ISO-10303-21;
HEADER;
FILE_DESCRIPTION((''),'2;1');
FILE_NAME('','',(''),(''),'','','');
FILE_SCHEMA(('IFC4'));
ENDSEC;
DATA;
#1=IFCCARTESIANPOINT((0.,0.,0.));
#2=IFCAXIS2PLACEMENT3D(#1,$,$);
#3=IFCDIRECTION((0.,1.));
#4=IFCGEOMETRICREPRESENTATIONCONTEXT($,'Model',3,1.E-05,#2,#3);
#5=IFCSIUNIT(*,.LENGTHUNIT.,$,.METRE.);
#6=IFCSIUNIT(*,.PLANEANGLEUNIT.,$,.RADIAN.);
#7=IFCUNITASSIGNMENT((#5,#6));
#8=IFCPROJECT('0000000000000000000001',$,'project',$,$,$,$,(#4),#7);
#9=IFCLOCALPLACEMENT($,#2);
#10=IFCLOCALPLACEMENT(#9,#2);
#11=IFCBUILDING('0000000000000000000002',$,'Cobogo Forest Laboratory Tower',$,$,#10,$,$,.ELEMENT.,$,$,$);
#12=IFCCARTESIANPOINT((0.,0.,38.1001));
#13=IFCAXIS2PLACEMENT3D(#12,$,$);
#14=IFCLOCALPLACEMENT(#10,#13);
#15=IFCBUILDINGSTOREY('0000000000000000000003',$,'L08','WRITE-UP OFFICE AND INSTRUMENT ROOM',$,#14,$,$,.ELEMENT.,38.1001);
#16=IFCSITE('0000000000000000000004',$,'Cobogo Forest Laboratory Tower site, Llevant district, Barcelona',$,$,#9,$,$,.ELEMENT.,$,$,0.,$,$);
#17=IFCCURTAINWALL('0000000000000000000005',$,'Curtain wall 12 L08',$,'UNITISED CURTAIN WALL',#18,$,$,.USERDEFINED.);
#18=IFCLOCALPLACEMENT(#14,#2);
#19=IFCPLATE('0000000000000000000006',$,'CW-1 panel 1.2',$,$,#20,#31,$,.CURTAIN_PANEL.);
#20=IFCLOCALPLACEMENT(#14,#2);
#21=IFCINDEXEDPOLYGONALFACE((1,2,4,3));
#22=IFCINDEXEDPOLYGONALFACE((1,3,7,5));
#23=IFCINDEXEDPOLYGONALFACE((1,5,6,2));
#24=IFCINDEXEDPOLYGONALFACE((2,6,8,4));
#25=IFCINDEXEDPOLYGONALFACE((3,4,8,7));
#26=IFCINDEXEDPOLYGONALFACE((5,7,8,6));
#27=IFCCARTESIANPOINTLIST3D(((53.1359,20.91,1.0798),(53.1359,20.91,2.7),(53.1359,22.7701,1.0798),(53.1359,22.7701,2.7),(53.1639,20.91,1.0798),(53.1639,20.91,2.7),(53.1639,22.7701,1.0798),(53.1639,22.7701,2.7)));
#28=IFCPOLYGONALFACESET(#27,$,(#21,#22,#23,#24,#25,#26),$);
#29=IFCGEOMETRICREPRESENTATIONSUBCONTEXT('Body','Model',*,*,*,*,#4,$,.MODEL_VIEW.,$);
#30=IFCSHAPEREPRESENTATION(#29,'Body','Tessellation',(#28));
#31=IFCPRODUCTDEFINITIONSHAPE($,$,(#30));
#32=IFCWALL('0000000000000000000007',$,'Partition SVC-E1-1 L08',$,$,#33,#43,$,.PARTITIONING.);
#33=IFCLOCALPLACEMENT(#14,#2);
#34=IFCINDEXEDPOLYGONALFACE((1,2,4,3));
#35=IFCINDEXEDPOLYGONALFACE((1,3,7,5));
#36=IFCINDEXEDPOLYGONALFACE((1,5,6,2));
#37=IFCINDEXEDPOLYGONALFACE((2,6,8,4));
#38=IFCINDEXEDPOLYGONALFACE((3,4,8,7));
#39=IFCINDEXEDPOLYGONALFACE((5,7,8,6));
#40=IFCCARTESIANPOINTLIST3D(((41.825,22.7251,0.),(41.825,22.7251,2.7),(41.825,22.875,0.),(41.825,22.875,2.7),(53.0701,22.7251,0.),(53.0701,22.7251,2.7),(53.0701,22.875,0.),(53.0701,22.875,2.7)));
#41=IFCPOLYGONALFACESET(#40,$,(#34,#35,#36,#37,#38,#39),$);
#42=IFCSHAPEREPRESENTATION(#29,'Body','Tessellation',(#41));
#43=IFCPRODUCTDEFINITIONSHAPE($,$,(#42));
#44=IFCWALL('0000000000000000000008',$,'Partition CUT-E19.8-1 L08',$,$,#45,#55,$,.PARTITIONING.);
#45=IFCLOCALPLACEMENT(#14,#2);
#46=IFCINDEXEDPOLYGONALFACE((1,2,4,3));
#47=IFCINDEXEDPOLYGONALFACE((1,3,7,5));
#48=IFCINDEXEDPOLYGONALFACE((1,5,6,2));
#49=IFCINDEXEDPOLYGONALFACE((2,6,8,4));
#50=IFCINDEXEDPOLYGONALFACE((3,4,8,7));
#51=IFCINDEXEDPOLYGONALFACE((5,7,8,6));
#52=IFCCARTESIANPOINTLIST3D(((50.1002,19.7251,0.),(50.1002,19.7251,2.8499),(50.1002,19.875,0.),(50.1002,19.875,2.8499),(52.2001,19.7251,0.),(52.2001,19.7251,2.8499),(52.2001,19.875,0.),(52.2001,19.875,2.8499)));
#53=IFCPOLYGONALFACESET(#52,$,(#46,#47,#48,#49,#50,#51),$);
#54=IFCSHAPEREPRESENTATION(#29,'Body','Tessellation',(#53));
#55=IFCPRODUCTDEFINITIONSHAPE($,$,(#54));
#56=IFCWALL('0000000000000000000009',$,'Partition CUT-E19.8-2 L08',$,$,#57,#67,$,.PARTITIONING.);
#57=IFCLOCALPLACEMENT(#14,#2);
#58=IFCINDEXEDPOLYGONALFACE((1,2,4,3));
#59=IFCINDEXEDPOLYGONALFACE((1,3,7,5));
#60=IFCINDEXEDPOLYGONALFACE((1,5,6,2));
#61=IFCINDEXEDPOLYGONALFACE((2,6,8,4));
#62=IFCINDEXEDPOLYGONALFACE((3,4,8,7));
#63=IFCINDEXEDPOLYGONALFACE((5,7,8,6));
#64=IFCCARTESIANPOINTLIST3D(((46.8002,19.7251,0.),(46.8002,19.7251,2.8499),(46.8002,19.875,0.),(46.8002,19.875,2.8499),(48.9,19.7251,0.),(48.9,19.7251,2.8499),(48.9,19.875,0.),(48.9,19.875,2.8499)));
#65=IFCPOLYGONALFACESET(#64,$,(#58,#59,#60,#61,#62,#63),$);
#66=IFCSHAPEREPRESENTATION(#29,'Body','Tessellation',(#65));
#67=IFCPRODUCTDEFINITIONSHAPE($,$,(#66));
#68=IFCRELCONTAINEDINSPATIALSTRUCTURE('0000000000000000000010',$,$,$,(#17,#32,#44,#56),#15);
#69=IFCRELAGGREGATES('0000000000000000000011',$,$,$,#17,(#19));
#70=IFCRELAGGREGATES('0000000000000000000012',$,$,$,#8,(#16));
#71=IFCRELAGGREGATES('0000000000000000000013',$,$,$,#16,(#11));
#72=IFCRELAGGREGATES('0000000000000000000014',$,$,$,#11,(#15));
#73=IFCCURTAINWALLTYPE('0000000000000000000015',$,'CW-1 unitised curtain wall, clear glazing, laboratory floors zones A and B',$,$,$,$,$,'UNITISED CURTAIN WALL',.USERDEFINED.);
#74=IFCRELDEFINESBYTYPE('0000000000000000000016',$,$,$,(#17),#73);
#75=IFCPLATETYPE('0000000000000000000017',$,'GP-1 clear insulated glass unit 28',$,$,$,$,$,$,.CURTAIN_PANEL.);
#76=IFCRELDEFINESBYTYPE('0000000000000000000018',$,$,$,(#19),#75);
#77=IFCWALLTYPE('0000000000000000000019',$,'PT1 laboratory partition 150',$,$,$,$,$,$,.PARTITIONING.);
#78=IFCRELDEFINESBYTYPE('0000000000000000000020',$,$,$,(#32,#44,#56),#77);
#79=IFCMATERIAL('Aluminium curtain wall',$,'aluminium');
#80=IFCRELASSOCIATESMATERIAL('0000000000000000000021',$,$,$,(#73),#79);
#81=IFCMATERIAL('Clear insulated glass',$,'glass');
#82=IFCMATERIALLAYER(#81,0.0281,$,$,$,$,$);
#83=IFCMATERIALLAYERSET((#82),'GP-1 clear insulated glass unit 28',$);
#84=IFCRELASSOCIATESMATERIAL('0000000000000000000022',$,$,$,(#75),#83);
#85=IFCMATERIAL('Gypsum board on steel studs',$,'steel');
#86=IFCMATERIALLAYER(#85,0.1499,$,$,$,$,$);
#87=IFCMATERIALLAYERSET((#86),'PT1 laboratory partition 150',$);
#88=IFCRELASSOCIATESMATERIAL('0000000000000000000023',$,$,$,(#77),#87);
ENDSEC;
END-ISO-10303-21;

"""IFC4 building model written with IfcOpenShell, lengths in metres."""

from ifc_helpers import new_model, si_unit, direction, frame, frame_2d, origin, origin_2d, place, context, subcontext, project, spatial, rectangle, extrude, material, layer, layer_set, type_object, element, aggregate, save


model = new_model("IFC4")

# Units and contexts
model_context = context("Model", 3, precision=1e-05, world=origin(), true_north=direction((0.0, 1.0)))
body_context = subcontext(model_context, "Body", "Model", "MODEL_VIEW")
ifc_project = project(units=[si_unit("LENGTHUNIT", "METRE"), si_unit("PLANEANGLEUNIT", "RADIAN")], contexts=[model_context])

# Site, building, storey
site_placement = place(None, origin())
site = spatial("IfcSite", under=ifc_project, at=site_placement, Name="Cobogo Forest Laboratory Tower site, Llevant district, Barcelona", CompositionType="ELEMENT", RefElevation=0.0)
building_placement = place(site_placement, origin())
building = spatial("IfcBuilding", under=site, at=building_placement, Name="Cobogo Forest Laboratory Tower", CompositionType="ELEMENT")
storey_placement = place(building_placement, frame((0.0, 0.0, 38.1001)))
storey = spatial("IfcBuildingStorey", under=building, at=storey_placement, Name="L08", Description="WRITE-UP OFFICE AND INSTRUMENT ROOM", CompositionType="ELEMENT", Elevation=38.1001)

# Shared definitions
ifc_material_1 = material(Name="Aluminium curtain wall", Category="aluminium")
curtain_wall_type = type_object("IfcCurtainWallType", Name="CW-1 unitised curtain wall, clear glazing, laboratory floors zones A and B", ElementType="UNITISED CURTAIN WALL", PredefinedType="USERDEFINED", material=ifc_material_1)

# Curtain wall
curtain_wall_1_placement = place(storey_placement, origin())
curtain_wall_1 = element("IfcCurtainWall", 1, at=curtain_wall_1_placement, inside=storey, type_object=curtain_wall_type, Name="Curtain wall 12 L08", ObjectType="UNITISED CURTAIN WALL", PredefinedType="USERDEFINED")

# Plate
ifc_material_2 = material(Name="Clear insulated glass", Category="glass")
ifc_layer_1 = layer(ifc_material_2, 0.0281)
ifc_layer_set_1 = layer_set([ifc_layer_1], Name="GP-1 clear insulated glass unit 28")
plate_type_1 = type_object("IfcPlateType", Name="GP-1 clear insulated glass unit 28", PredefinedType="CURTAIN_PANEL", material=ifc_layer_set_1)
plate_1_placement = place(storey_placement, frame((53.1499, 21.8401, 1.0798), z_axis=(0.0, 0.0, 1.0), x_axis=(0.0, 1.0, 0.0)))
plate_1 = element("IfcPlate", 2, at=plate_1_placement, type_object=plate_type_1, Name="CW-1 panel 1.2", PredefinedType="CURTAIN_PANEL", context=body_context, shape_type="SweptSolid", body=[
    extrude(rectangle(XDim=1.8601, YDim=0.0281, at=origin_2d()), origin(), (0.0, 0.0, 1.0), 1.6201),
])
aggregate(curtain_wall_1, [plate_1])

# Walls
ifc_material_3 = material(Name="Gypsum board on steel studs", Category="steel")
ifc_layer_2 = layer(ifc_material_3, 0.1499)
ifc_layer_set_2 = layer_set([ifc_layer_2], Name="PT1 laboratory partition 150")
wall_type = type_object("IfcWallType", Name="PT1 laboratory partition 150", PredefinedType="PARTITIONING", material=ifc_layer_set_2)
wall_placement = place(storey_placement, frame((53.0701, 22.8, 0.0), z_axis=(0.0, 0.0, 1.0), x_axis=(-1.0, 0.0, 0.0)))
element("IfcWall", 3, at=wall_placement, inside=storey, type_object=wall_type, Name="Partition SVC-E1-1 L08", PredefinedType="PARTITIONING", context=body_context, shape_type="SweptSolid", body=[
    extrude(rectangle(XDim=11.2451, YDim=0.1499, at=frame_2d((5.6226, 0.0))), origin(), (0.0, 0.0, 1.0), 2.7),
])
for number, where, z_axis, x_axis, name in (
    (4, (52.2, 19.8, 0.0), (0.0, 0.0, 1.0), (-1.0, 0.0, 0.0), "Partition CUT-E19.8-1 L08"),
    (5, (48.8999, 19.8, 0.0), (0.0, 0.0, 1.0), (-1.0, 0.0, 0.0), "Partition CUT-E19.8-2 L08"),
):
    element("IfcWall", number, at=place(storey_placement, frame(where, z_axis=z_axis, x_axis=x_axis)), inside=storey, type_object=wall_type, Name=name, PredefinedType="PARTITIONING", context=body_context, shape_type="SweptSolid", body=[
        extrude(rectangle(XDim=2.0999, YDim=0.1499, at=frame_2d((1.0498, 0.0))), origin(), (0.0, 0.0, 1.0), 2.8499),
    ])

save(model, "model.ifc")
